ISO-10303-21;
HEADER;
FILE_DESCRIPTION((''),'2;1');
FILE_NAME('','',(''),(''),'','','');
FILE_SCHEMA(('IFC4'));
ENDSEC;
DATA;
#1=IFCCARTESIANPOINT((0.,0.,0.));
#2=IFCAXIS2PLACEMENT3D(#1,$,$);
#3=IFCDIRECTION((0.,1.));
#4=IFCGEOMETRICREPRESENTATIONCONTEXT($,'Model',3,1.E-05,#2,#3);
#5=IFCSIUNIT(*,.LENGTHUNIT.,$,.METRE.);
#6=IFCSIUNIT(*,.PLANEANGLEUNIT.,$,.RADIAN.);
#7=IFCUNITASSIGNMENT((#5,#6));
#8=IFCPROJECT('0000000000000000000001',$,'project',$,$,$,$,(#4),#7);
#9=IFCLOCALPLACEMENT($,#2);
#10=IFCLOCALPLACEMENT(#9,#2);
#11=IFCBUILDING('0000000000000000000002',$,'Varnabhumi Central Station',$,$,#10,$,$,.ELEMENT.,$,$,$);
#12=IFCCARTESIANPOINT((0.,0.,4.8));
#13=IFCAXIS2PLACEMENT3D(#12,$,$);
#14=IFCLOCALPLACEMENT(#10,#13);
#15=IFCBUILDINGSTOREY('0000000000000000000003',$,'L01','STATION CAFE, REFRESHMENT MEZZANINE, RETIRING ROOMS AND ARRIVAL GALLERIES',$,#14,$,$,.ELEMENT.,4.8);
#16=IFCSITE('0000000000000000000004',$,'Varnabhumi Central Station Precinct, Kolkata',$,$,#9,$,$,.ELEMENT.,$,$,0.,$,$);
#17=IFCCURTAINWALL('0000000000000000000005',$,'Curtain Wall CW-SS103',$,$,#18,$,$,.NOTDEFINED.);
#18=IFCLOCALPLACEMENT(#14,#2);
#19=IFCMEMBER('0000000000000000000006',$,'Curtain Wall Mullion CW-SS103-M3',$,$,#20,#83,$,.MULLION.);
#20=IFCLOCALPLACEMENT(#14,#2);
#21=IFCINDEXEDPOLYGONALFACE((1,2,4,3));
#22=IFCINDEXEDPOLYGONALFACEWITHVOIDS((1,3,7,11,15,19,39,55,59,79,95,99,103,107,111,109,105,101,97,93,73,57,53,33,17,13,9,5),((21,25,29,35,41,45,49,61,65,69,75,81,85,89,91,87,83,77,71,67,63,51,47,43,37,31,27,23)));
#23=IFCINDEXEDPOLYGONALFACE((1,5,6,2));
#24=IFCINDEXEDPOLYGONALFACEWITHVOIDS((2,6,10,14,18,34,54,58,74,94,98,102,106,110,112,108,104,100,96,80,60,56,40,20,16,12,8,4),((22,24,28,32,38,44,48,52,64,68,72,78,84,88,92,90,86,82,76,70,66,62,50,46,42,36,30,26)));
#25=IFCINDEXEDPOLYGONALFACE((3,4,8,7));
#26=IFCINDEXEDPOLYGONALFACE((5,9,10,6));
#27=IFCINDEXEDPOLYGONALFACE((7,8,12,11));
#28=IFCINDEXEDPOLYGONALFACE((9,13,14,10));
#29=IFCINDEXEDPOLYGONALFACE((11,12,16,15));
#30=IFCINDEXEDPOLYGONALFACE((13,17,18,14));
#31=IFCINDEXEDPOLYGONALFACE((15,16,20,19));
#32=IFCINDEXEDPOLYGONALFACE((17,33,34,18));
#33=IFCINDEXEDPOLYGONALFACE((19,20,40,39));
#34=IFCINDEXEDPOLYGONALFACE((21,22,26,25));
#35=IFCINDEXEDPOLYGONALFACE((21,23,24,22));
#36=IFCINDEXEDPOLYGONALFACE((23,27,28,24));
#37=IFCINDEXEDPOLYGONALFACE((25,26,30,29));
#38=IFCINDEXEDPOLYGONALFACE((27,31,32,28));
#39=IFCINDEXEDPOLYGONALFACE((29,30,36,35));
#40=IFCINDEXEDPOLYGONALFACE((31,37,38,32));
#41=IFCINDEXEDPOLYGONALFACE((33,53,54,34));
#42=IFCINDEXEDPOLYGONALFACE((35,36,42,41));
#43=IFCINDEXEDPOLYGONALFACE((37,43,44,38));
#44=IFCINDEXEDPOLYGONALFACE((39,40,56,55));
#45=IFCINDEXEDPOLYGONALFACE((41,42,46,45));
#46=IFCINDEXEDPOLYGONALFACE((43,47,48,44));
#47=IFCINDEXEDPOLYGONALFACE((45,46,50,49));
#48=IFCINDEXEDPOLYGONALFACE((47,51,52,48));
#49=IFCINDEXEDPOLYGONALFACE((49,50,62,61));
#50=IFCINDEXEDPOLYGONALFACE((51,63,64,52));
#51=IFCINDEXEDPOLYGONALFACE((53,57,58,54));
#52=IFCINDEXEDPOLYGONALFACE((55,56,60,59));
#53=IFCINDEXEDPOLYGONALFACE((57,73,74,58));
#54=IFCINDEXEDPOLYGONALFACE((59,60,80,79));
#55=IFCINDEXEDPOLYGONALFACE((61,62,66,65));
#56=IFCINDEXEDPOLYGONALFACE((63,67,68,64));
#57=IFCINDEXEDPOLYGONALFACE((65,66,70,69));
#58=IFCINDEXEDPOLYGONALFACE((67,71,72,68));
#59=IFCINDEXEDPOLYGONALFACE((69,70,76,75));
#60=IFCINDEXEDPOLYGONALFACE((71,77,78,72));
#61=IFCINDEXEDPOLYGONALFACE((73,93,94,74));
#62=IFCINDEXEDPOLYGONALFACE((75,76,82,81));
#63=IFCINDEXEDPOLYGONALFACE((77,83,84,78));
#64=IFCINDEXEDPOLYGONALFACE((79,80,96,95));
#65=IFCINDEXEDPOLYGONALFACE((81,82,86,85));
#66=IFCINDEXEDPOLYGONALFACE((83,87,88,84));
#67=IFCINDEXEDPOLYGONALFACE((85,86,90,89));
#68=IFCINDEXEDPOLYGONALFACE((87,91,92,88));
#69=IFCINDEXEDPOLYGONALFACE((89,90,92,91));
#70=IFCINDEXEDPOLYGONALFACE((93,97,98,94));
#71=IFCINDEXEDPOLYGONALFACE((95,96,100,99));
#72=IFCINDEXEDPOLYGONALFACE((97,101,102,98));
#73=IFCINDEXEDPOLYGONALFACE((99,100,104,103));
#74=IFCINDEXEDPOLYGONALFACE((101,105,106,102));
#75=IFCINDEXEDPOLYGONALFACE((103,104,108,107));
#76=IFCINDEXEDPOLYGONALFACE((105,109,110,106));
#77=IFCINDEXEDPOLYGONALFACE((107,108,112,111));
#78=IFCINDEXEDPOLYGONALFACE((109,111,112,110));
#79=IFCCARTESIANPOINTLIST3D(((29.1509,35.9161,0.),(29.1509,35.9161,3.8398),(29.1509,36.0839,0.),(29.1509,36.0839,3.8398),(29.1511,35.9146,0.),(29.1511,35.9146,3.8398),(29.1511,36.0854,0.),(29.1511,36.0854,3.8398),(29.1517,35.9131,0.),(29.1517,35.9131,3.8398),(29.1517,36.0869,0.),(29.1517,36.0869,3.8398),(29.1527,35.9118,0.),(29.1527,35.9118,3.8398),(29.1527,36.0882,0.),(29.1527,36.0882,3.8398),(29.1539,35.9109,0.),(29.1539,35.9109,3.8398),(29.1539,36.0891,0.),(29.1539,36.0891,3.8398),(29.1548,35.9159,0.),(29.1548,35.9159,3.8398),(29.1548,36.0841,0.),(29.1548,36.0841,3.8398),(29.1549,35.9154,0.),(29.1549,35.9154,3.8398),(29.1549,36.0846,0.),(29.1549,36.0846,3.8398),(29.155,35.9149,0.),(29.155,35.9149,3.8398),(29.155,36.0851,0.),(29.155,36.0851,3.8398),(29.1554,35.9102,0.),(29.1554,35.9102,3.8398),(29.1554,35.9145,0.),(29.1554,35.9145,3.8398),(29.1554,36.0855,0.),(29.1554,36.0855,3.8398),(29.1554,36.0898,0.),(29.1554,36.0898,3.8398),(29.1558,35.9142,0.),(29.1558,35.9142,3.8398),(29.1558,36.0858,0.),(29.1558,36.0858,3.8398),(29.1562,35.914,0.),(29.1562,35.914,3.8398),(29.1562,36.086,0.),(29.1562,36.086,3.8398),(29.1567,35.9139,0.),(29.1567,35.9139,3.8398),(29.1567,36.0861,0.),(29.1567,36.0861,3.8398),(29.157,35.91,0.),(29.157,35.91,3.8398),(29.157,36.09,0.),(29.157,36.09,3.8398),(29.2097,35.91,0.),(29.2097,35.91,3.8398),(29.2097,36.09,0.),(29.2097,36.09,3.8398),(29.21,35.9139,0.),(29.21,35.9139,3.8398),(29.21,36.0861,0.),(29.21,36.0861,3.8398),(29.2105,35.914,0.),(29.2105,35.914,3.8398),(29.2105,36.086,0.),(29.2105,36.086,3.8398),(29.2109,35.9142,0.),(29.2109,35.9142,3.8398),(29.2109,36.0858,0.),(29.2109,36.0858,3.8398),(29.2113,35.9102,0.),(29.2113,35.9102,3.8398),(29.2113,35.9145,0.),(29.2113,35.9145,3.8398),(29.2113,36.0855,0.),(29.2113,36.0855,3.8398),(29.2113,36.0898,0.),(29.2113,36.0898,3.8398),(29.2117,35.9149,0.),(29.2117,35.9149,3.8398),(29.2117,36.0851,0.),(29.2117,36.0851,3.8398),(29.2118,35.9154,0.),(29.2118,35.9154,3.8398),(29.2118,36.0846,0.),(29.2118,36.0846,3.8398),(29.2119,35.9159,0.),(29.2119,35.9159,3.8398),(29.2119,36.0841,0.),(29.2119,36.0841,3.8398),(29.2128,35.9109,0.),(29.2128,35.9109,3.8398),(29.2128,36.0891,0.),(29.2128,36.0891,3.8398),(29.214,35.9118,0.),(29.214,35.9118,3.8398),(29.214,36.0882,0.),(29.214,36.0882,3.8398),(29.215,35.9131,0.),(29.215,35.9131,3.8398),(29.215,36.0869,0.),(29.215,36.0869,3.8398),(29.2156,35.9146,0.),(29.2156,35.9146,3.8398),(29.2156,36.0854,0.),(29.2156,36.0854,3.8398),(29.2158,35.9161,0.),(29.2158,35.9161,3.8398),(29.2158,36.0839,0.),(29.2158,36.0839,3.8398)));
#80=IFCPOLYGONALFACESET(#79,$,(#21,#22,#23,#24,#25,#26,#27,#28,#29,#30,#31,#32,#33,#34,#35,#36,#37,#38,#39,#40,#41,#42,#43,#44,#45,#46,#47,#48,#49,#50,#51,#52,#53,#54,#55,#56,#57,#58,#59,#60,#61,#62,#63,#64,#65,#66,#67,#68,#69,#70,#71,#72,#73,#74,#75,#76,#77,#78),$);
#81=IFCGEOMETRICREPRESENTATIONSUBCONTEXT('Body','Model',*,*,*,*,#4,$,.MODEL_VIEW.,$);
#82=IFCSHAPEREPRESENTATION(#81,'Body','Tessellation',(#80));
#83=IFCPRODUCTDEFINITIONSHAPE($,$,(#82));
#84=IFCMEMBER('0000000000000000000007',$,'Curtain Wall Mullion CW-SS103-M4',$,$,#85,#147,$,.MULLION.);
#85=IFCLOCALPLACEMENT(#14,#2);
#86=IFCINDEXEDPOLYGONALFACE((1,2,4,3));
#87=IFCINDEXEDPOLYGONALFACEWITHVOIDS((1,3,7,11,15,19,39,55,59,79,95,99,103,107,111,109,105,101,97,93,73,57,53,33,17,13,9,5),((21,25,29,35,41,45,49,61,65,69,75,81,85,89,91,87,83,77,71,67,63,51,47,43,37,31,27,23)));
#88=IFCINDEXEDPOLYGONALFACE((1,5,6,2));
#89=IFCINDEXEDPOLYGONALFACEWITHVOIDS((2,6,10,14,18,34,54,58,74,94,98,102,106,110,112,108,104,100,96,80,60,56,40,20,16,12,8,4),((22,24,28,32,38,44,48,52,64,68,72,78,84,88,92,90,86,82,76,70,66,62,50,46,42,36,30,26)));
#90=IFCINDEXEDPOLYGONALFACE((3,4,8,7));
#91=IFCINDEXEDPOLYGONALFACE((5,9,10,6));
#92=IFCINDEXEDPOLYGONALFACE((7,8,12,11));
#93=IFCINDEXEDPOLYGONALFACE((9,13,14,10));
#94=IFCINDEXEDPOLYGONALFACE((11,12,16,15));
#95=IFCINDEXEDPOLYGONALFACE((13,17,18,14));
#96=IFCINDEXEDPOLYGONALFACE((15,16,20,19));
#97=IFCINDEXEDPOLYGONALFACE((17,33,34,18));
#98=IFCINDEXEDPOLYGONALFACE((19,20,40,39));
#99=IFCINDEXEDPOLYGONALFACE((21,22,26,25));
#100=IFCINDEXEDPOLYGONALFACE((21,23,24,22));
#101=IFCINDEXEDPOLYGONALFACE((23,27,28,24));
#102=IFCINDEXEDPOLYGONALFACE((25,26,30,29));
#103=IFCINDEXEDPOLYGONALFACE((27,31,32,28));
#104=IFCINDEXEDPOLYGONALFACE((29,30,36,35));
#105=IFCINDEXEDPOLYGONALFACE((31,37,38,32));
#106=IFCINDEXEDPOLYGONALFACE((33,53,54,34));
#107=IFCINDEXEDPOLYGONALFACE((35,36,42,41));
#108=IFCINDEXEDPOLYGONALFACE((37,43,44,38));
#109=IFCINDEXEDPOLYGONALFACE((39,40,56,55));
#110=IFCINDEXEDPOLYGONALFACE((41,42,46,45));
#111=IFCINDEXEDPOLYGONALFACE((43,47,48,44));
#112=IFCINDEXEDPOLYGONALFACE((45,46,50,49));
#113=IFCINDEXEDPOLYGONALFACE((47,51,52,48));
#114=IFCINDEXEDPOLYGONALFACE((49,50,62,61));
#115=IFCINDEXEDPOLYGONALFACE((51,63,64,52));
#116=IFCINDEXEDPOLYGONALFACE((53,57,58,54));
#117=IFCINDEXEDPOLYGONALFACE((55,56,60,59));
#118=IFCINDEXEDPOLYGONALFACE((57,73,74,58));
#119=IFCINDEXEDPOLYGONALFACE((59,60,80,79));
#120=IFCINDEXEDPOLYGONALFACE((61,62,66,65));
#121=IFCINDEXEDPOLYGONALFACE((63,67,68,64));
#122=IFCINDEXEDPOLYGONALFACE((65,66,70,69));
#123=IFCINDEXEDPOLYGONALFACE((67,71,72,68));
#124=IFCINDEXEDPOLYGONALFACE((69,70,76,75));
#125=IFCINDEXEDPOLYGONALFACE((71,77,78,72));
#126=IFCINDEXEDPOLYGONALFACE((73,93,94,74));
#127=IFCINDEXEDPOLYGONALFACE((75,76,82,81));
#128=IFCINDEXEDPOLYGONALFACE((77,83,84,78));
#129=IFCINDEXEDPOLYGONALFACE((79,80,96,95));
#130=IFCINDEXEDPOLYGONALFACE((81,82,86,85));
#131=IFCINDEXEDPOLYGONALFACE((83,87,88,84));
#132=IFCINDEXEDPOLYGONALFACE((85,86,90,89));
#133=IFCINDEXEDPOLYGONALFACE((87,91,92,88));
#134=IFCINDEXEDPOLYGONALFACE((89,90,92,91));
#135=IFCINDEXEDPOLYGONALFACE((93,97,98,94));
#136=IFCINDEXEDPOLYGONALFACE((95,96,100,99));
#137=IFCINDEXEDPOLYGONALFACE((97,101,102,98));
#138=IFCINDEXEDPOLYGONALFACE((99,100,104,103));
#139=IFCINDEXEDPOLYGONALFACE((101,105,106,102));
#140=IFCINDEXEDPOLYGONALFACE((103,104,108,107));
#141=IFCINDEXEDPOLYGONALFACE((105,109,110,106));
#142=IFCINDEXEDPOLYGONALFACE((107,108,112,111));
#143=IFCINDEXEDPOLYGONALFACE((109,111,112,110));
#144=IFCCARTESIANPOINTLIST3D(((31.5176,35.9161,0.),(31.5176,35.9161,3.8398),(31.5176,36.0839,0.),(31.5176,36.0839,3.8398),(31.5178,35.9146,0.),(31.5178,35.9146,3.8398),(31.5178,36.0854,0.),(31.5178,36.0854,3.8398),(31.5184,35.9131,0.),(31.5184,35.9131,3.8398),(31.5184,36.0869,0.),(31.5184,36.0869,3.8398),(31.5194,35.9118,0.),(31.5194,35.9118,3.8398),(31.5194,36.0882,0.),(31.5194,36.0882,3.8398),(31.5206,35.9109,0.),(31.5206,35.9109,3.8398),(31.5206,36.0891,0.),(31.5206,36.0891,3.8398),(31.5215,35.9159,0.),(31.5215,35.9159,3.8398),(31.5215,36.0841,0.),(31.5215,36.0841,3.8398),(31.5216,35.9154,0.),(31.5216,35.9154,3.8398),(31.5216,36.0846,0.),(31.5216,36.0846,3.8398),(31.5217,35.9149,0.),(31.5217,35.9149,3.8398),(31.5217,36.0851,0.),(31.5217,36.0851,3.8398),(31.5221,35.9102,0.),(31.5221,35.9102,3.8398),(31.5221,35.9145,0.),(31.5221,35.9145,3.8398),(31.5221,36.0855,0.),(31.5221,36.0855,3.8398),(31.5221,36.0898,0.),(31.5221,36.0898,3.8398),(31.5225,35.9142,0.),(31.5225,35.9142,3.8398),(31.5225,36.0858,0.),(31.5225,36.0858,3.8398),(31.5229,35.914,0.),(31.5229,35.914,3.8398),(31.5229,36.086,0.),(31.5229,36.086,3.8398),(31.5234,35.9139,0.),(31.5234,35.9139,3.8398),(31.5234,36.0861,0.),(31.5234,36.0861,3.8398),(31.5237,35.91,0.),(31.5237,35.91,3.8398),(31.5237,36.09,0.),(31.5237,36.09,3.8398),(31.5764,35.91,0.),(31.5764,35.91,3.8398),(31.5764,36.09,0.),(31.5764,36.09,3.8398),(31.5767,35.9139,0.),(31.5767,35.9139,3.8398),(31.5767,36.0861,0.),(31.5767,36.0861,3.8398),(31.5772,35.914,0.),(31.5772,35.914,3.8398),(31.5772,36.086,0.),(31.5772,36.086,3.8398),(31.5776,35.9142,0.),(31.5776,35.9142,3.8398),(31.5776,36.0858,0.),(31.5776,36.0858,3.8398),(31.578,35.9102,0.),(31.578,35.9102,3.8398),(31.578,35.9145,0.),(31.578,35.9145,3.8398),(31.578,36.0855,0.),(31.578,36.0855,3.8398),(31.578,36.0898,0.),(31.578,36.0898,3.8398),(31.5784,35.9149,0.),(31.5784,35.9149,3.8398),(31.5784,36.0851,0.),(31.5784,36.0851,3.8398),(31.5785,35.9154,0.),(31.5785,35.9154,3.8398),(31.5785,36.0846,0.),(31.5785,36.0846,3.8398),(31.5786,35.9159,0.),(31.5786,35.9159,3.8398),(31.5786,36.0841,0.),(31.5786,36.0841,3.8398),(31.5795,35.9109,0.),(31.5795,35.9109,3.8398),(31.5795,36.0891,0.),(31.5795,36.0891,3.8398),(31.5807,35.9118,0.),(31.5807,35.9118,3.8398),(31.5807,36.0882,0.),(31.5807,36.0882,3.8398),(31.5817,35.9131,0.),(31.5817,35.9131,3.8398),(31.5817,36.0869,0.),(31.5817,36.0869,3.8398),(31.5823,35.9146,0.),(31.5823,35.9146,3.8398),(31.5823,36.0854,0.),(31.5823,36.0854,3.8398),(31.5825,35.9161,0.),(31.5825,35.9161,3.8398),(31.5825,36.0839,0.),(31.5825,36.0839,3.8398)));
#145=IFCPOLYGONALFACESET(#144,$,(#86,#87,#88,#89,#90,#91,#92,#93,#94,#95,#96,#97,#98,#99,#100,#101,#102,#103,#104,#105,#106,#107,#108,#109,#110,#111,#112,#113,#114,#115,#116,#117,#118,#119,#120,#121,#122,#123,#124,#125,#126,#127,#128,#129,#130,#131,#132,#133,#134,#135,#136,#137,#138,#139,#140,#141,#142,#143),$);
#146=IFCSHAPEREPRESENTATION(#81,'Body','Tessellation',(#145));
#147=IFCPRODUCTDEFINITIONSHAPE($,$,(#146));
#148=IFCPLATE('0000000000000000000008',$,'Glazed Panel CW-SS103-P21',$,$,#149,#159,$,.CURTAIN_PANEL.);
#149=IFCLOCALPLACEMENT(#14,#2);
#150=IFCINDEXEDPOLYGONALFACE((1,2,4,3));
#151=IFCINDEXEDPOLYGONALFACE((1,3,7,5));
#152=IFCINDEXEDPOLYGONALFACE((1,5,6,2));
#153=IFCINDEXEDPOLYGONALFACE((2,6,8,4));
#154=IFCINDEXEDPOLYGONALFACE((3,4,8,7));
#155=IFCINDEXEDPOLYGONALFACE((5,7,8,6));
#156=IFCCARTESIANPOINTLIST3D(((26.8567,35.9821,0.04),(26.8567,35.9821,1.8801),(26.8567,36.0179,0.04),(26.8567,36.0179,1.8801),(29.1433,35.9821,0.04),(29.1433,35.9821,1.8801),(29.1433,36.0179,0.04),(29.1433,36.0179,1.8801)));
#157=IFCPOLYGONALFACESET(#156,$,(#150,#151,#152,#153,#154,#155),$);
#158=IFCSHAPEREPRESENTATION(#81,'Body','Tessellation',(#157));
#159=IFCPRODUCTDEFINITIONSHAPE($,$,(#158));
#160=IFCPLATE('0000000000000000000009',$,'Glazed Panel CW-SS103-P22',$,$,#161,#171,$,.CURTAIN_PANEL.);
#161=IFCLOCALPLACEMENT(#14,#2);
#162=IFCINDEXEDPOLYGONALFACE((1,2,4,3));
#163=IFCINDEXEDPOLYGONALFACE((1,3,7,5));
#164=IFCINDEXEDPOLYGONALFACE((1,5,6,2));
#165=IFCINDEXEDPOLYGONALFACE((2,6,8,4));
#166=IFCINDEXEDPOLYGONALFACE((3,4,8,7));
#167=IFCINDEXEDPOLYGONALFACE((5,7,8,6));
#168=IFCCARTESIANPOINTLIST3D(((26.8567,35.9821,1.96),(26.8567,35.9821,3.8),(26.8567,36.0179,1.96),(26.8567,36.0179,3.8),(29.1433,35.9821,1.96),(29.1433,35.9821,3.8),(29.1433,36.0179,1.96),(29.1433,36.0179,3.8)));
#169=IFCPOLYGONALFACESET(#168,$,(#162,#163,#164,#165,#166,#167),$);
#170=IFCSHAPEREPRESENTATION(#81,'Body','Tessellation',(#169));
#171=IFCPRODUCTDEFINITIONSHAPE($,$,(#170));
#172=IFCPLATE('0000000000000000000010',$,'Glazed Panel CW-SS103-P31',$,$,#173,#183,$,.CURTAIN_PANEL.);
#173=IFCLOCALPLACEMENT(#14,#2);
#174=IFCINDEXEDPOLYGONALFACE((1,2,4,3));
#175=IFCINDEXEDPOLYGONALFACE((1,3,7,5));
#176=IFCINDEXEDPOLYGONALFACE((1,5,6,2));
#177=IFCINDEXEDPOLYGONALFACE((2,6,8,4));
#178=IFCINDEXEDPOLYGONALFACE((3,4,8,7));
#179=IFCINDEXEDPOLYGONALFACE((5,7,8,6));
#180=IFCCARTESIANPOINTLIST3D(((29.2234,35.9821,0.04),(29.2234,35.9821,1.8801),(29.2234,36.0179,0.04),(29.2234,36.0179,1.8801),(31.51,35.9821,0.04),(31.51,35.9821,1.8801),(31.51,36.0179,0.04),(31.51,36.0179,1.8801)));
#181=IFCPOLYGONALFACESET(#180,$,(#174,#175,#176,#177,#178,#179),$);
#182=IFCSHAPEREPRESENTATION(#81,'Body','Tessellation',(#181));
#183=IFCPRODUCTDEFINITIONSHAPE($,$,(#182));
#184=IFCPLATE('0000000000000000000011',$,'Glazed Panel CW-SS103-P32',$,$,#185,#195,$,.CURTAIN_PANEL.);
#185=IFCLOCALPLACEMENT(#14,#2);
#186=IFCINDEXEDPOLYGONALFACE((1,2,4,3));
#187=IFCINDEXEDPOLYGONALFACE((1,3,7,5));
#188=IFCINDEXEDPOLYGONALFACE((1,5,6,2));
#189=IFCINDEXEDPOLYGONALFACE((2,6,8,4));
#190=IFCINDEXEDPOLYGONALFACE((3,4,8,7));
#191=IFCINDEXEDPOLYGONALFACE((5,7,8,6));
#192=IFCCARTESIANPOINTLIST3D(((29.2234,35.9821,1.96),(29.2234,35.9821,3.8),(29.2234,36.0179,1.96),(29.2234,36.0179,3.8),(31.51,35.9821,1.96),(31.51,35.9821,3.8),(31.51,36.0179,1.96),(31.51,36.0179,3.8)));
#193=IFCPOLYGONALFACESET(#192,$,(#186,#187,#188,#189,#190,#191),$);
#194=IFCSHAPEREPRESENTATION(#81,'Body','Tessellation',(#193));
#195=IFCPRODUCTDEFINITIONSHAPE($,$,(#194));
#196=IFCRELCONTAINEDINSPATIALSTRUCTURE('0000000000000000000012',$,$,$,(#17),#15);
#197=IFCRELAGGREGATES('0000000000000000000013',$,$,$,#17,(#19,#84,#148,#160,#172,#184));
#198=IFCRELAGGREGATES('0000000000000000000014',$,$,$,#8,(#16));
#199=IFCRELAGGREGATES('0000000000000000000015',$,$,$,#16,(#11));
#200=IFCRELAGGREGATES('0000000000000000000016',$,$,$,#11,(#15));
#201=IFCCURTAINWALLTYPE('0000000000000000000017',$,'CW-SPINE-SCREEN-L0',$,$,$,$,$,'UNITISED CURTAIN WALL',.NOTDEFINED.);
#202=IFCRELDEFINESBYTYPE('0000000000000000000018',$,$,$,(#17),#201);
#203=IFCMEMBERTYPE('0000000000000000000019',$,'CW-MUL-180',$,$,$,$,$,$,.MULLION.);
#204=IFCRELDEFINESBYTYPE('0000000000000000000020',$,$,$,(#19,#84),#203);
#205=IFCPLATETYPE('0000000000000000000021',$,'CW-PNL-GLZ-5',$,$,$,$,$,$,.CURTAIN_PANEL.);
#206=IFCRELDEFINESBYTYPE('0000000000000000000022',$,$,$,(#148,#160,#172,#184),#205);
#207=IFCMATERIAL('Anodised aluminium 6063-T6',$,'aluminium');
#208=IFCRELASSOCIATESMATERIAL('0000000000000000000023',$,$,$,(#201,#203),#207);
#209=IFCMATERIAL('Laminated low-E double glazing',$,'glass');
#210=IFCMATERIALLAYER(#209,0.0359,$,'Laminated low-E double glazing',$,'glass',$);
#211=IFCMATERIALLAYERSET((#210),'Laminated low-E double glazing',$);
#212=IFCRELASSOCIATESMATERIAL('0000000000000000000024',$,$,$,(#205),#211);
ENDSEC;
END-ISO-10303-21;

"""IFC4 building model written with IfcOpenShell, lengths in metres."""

from ifc_helpers import new_model, si_unit, direction, frame, origin, origin_2d, place, context, subcontext, project, spatial, rectangle, hollow_rectangle, extrude, material, layer, layer_set, material_profile, profile_set, type_object, element, aggregate, save


model = new_model("IFC4")

# Units and contexts
model_context = context("Model", 3, precision=1e-05, world=origin(), true_north=direction((0.0, 1.0)))
body_context = subcontext(model_context, "Body", "Model", "MODEL_VIEW")
ifc_project = project(units=[si_unit("LENGTHUNIT", "METRE"), si_unit("PLANEANGLEUNIT", "RADIAN")], contexts=[model_context])

# Site, building, storey
site_placement = place(None, origin())
site = spatial("IfcSite", under=ifc_project, at=site_placement, Name="Varnabhumi Central Station Precinct, Kolkata", CompositionType="ELEMENT", RefElevation=0.0)
building_placement = place(site_placement, origin())
building = spatial("IfcBuilding", under=site, at=building_placement, Name="Varnabhumi Central Station", CompositionType="ELEMENT")
storey_placement = place(building_placement, frame((0.0, 0.0, 4.8)))
storey = spatial("IfcBuildingStorey", under=building, at=storey_placement, Name="L01", Description="STATION CAFE, REFRESHMENT MEZZANINE, RETIRING ROOMS AND ARRIVAL GALLERIES", CompositionType="ELEMENT", Elevation=4.8)

# Curtain wall, members, plates
ifc_material_1 = material(Name="Anodised aluminium 6063-T6", Category="aluminium")
curtain_wall_type = type_object("IfcCurtainWallType", Name="CW-SPINE-SCREEN-L0", ElementType="UNITISED CURTAIN WALL", PredefinedType="NOTDEFINED", material=ifc_material_1)
curtain_wall_placement = place(storey_placement, origin())
curtain_wall = element("IfcCurtainWall", 1, at=curtain_wall_placement, inside=storey, type_object=curtain_wall_type, Name="Curtain Wall CW-SS103", PredefinedType="NOTDEFINED")
ifc_material_profile_1 = material_profile(ifc_material_1, hollow_rectangle(XDim=0.0649, YDim=0.1799, WallThickness=0.0039, InnerFilletRadius=0.002, OuterFilletRadius=0.0061, at=origin_2d()), Name="Anodised aluminium 6063-T6", Category="aluminium")
ifc_profile_set_1 = profile_set([ifc_material_profile_1], Name="Anodised aluminium 6063-T6")
member_type = type_object("IfcMemberType", Name="CW-MUL-180", PredefinedType="MULLION", material=ifc_profile_set_1)
member_1_placement = place(storey_placement, frame((29.1833, 36.0, 0.0), z_axis=(0.0, 0.0, 1.0), x_axis=(1.0, 0.0, 0.0)))
member_1 = element("IfcMember", 2, at=member_1_placement, type_object=member_type, Name="Curtain Wall Mullion CW-SS103-M3", PredefinedType="MULLION", context=body_context, shape_type="SweptSolid", body=[
    extrude(hollow_rectangle(XDim=0.0649, YDim=0.1799, WallThickness=0.0039, InnerFilletRadius=0.002, OuterFilletRadius=0.0061, at=origin_2d()), origin(), (0.0, 0.0, 1.0), 3.8398),
])
member_2_placement = place(storey_placement, frame((31.55, 36.0, 0.0), z_axis=(0.0, 0.0, 1.0), x_axis=(1.0, 0.0, 0.0)))
member_2 = element("IfcMember", 3, at=member_2_placement, type_object=member_type, Name="Curtain Wall Mullion CW-SS103-M4", PredefinedType="MULLION", context=body_context, shape_type="SweptSolid", body=[
    extrude(hollow_rectangle(XDim=0.0649, YDim=0.1799, WallThickness=0.0039, InnerFilletRadius=0.002, OuterFilletRadius=0.0061, at=origin_2d()), origin(), (0.0, 0.0, 1.0), 3.8398),
])
ifc_material_2 = material(Name="Laminated low-E double glazing", Category="glass")
ifc_layer_1 = layer(ifc_material_2, 0.0359, Name="Laminated low-E double glazing", Category="glass")
ifc_layer_set_1 = layer_set([ifc_layer_1], Name="Laminated low-E double glazing")
plate_type = type_object("IfcPlateType", Name="CW-PNL-GLZ-5", PredefinedType="CURTAIN_PANEL", material=ifc_layer_set_1)
plate_1_placement = place(storey_placement, frame((28.0, 36.0, 0.04), z_axis=(0.0, 0.0, 1.0), x_axis=(1.0, 0.0, 0.0)))
plate_1 = element("IfcPlate", 4, at=plate_1_placement, type_object=plate_type, Name="Glazed Panel CW-SS103-P21", PredefinedType="CURTAIN_PANEL", context=body_context, shape_type="SweptSolid", body=[
    extrude(rectangle(XDim=2.2866, YDim=0.0359, at=origin_2d()), origin(), (0.0, 0.0, 1.0), 1.8401),
])
plate_2_placement = place(storey_placement, frame((28.0, 36.0, 1.96), z_axis=(0.0, 0.0, 1.0), x_axis=(1.0, 0.0, 0.0)))
plate_2 = element("IfcPlate", 5, at=plate_2_placement, type_object=plate_type, Name="Glazed Panel CW-SS103-P22", PredefinedType="CURTAIN_PANEL", context=body_context, shape_type="SweptSolid", body=[
    extrude(rectangle(XDim=2.2866, YDim=0.0359, at=origin_2d()), origin(), (0.0, 0.0, 1.0), 1.8401),
])
plate_3_placement = place(storey_placement, frame((30.3667, 36.0, 0.04), z_axis=(0.0, 0.0, 1.0), x_axis=(1.0, 0.0, 0.0)))
plate_3 = element("IfcPlate", 6, at=plate_3_placement, type_object=plate_type, Name="Glazed Panel CW-SS103-P31", PredefinedType="CURTAIN_PANEL", context=body_context, shape_type="SweptSolid", body=[
    extrude(rectangle(XDim=2.2866, YDim=0.0359, at=origin_2d()), origin(), (0.0, 0.0, 1.0), 1.8401),
])
plate_4_placement = place(storey_placement, frame((30.3667, 36.0, 1.96), z_axis=(0.0, 0.0, 1.0), x_axis=(1.0, 0.0, 0.0)))
plate_4 = element("IfcPlate", 7, at=plate_4_placement, type_object=plate_type, Name="Glazed Panel CW-SS103-P32", PredefinedType="CURTAIN_PANEL", context=body_context, shape_type="SweptSolid", body=[
    extrude(rectangle(XDim=2.2866, YDim=0.0359, at=origin_2d()), origin(), (0.0, 0.0, 1.0), 1.8401),
])
aggregate(curtain_wall, [member_1, member_2, plate_1, plate_2, plate_3, plate_4])

save(model, "model.ifc")
